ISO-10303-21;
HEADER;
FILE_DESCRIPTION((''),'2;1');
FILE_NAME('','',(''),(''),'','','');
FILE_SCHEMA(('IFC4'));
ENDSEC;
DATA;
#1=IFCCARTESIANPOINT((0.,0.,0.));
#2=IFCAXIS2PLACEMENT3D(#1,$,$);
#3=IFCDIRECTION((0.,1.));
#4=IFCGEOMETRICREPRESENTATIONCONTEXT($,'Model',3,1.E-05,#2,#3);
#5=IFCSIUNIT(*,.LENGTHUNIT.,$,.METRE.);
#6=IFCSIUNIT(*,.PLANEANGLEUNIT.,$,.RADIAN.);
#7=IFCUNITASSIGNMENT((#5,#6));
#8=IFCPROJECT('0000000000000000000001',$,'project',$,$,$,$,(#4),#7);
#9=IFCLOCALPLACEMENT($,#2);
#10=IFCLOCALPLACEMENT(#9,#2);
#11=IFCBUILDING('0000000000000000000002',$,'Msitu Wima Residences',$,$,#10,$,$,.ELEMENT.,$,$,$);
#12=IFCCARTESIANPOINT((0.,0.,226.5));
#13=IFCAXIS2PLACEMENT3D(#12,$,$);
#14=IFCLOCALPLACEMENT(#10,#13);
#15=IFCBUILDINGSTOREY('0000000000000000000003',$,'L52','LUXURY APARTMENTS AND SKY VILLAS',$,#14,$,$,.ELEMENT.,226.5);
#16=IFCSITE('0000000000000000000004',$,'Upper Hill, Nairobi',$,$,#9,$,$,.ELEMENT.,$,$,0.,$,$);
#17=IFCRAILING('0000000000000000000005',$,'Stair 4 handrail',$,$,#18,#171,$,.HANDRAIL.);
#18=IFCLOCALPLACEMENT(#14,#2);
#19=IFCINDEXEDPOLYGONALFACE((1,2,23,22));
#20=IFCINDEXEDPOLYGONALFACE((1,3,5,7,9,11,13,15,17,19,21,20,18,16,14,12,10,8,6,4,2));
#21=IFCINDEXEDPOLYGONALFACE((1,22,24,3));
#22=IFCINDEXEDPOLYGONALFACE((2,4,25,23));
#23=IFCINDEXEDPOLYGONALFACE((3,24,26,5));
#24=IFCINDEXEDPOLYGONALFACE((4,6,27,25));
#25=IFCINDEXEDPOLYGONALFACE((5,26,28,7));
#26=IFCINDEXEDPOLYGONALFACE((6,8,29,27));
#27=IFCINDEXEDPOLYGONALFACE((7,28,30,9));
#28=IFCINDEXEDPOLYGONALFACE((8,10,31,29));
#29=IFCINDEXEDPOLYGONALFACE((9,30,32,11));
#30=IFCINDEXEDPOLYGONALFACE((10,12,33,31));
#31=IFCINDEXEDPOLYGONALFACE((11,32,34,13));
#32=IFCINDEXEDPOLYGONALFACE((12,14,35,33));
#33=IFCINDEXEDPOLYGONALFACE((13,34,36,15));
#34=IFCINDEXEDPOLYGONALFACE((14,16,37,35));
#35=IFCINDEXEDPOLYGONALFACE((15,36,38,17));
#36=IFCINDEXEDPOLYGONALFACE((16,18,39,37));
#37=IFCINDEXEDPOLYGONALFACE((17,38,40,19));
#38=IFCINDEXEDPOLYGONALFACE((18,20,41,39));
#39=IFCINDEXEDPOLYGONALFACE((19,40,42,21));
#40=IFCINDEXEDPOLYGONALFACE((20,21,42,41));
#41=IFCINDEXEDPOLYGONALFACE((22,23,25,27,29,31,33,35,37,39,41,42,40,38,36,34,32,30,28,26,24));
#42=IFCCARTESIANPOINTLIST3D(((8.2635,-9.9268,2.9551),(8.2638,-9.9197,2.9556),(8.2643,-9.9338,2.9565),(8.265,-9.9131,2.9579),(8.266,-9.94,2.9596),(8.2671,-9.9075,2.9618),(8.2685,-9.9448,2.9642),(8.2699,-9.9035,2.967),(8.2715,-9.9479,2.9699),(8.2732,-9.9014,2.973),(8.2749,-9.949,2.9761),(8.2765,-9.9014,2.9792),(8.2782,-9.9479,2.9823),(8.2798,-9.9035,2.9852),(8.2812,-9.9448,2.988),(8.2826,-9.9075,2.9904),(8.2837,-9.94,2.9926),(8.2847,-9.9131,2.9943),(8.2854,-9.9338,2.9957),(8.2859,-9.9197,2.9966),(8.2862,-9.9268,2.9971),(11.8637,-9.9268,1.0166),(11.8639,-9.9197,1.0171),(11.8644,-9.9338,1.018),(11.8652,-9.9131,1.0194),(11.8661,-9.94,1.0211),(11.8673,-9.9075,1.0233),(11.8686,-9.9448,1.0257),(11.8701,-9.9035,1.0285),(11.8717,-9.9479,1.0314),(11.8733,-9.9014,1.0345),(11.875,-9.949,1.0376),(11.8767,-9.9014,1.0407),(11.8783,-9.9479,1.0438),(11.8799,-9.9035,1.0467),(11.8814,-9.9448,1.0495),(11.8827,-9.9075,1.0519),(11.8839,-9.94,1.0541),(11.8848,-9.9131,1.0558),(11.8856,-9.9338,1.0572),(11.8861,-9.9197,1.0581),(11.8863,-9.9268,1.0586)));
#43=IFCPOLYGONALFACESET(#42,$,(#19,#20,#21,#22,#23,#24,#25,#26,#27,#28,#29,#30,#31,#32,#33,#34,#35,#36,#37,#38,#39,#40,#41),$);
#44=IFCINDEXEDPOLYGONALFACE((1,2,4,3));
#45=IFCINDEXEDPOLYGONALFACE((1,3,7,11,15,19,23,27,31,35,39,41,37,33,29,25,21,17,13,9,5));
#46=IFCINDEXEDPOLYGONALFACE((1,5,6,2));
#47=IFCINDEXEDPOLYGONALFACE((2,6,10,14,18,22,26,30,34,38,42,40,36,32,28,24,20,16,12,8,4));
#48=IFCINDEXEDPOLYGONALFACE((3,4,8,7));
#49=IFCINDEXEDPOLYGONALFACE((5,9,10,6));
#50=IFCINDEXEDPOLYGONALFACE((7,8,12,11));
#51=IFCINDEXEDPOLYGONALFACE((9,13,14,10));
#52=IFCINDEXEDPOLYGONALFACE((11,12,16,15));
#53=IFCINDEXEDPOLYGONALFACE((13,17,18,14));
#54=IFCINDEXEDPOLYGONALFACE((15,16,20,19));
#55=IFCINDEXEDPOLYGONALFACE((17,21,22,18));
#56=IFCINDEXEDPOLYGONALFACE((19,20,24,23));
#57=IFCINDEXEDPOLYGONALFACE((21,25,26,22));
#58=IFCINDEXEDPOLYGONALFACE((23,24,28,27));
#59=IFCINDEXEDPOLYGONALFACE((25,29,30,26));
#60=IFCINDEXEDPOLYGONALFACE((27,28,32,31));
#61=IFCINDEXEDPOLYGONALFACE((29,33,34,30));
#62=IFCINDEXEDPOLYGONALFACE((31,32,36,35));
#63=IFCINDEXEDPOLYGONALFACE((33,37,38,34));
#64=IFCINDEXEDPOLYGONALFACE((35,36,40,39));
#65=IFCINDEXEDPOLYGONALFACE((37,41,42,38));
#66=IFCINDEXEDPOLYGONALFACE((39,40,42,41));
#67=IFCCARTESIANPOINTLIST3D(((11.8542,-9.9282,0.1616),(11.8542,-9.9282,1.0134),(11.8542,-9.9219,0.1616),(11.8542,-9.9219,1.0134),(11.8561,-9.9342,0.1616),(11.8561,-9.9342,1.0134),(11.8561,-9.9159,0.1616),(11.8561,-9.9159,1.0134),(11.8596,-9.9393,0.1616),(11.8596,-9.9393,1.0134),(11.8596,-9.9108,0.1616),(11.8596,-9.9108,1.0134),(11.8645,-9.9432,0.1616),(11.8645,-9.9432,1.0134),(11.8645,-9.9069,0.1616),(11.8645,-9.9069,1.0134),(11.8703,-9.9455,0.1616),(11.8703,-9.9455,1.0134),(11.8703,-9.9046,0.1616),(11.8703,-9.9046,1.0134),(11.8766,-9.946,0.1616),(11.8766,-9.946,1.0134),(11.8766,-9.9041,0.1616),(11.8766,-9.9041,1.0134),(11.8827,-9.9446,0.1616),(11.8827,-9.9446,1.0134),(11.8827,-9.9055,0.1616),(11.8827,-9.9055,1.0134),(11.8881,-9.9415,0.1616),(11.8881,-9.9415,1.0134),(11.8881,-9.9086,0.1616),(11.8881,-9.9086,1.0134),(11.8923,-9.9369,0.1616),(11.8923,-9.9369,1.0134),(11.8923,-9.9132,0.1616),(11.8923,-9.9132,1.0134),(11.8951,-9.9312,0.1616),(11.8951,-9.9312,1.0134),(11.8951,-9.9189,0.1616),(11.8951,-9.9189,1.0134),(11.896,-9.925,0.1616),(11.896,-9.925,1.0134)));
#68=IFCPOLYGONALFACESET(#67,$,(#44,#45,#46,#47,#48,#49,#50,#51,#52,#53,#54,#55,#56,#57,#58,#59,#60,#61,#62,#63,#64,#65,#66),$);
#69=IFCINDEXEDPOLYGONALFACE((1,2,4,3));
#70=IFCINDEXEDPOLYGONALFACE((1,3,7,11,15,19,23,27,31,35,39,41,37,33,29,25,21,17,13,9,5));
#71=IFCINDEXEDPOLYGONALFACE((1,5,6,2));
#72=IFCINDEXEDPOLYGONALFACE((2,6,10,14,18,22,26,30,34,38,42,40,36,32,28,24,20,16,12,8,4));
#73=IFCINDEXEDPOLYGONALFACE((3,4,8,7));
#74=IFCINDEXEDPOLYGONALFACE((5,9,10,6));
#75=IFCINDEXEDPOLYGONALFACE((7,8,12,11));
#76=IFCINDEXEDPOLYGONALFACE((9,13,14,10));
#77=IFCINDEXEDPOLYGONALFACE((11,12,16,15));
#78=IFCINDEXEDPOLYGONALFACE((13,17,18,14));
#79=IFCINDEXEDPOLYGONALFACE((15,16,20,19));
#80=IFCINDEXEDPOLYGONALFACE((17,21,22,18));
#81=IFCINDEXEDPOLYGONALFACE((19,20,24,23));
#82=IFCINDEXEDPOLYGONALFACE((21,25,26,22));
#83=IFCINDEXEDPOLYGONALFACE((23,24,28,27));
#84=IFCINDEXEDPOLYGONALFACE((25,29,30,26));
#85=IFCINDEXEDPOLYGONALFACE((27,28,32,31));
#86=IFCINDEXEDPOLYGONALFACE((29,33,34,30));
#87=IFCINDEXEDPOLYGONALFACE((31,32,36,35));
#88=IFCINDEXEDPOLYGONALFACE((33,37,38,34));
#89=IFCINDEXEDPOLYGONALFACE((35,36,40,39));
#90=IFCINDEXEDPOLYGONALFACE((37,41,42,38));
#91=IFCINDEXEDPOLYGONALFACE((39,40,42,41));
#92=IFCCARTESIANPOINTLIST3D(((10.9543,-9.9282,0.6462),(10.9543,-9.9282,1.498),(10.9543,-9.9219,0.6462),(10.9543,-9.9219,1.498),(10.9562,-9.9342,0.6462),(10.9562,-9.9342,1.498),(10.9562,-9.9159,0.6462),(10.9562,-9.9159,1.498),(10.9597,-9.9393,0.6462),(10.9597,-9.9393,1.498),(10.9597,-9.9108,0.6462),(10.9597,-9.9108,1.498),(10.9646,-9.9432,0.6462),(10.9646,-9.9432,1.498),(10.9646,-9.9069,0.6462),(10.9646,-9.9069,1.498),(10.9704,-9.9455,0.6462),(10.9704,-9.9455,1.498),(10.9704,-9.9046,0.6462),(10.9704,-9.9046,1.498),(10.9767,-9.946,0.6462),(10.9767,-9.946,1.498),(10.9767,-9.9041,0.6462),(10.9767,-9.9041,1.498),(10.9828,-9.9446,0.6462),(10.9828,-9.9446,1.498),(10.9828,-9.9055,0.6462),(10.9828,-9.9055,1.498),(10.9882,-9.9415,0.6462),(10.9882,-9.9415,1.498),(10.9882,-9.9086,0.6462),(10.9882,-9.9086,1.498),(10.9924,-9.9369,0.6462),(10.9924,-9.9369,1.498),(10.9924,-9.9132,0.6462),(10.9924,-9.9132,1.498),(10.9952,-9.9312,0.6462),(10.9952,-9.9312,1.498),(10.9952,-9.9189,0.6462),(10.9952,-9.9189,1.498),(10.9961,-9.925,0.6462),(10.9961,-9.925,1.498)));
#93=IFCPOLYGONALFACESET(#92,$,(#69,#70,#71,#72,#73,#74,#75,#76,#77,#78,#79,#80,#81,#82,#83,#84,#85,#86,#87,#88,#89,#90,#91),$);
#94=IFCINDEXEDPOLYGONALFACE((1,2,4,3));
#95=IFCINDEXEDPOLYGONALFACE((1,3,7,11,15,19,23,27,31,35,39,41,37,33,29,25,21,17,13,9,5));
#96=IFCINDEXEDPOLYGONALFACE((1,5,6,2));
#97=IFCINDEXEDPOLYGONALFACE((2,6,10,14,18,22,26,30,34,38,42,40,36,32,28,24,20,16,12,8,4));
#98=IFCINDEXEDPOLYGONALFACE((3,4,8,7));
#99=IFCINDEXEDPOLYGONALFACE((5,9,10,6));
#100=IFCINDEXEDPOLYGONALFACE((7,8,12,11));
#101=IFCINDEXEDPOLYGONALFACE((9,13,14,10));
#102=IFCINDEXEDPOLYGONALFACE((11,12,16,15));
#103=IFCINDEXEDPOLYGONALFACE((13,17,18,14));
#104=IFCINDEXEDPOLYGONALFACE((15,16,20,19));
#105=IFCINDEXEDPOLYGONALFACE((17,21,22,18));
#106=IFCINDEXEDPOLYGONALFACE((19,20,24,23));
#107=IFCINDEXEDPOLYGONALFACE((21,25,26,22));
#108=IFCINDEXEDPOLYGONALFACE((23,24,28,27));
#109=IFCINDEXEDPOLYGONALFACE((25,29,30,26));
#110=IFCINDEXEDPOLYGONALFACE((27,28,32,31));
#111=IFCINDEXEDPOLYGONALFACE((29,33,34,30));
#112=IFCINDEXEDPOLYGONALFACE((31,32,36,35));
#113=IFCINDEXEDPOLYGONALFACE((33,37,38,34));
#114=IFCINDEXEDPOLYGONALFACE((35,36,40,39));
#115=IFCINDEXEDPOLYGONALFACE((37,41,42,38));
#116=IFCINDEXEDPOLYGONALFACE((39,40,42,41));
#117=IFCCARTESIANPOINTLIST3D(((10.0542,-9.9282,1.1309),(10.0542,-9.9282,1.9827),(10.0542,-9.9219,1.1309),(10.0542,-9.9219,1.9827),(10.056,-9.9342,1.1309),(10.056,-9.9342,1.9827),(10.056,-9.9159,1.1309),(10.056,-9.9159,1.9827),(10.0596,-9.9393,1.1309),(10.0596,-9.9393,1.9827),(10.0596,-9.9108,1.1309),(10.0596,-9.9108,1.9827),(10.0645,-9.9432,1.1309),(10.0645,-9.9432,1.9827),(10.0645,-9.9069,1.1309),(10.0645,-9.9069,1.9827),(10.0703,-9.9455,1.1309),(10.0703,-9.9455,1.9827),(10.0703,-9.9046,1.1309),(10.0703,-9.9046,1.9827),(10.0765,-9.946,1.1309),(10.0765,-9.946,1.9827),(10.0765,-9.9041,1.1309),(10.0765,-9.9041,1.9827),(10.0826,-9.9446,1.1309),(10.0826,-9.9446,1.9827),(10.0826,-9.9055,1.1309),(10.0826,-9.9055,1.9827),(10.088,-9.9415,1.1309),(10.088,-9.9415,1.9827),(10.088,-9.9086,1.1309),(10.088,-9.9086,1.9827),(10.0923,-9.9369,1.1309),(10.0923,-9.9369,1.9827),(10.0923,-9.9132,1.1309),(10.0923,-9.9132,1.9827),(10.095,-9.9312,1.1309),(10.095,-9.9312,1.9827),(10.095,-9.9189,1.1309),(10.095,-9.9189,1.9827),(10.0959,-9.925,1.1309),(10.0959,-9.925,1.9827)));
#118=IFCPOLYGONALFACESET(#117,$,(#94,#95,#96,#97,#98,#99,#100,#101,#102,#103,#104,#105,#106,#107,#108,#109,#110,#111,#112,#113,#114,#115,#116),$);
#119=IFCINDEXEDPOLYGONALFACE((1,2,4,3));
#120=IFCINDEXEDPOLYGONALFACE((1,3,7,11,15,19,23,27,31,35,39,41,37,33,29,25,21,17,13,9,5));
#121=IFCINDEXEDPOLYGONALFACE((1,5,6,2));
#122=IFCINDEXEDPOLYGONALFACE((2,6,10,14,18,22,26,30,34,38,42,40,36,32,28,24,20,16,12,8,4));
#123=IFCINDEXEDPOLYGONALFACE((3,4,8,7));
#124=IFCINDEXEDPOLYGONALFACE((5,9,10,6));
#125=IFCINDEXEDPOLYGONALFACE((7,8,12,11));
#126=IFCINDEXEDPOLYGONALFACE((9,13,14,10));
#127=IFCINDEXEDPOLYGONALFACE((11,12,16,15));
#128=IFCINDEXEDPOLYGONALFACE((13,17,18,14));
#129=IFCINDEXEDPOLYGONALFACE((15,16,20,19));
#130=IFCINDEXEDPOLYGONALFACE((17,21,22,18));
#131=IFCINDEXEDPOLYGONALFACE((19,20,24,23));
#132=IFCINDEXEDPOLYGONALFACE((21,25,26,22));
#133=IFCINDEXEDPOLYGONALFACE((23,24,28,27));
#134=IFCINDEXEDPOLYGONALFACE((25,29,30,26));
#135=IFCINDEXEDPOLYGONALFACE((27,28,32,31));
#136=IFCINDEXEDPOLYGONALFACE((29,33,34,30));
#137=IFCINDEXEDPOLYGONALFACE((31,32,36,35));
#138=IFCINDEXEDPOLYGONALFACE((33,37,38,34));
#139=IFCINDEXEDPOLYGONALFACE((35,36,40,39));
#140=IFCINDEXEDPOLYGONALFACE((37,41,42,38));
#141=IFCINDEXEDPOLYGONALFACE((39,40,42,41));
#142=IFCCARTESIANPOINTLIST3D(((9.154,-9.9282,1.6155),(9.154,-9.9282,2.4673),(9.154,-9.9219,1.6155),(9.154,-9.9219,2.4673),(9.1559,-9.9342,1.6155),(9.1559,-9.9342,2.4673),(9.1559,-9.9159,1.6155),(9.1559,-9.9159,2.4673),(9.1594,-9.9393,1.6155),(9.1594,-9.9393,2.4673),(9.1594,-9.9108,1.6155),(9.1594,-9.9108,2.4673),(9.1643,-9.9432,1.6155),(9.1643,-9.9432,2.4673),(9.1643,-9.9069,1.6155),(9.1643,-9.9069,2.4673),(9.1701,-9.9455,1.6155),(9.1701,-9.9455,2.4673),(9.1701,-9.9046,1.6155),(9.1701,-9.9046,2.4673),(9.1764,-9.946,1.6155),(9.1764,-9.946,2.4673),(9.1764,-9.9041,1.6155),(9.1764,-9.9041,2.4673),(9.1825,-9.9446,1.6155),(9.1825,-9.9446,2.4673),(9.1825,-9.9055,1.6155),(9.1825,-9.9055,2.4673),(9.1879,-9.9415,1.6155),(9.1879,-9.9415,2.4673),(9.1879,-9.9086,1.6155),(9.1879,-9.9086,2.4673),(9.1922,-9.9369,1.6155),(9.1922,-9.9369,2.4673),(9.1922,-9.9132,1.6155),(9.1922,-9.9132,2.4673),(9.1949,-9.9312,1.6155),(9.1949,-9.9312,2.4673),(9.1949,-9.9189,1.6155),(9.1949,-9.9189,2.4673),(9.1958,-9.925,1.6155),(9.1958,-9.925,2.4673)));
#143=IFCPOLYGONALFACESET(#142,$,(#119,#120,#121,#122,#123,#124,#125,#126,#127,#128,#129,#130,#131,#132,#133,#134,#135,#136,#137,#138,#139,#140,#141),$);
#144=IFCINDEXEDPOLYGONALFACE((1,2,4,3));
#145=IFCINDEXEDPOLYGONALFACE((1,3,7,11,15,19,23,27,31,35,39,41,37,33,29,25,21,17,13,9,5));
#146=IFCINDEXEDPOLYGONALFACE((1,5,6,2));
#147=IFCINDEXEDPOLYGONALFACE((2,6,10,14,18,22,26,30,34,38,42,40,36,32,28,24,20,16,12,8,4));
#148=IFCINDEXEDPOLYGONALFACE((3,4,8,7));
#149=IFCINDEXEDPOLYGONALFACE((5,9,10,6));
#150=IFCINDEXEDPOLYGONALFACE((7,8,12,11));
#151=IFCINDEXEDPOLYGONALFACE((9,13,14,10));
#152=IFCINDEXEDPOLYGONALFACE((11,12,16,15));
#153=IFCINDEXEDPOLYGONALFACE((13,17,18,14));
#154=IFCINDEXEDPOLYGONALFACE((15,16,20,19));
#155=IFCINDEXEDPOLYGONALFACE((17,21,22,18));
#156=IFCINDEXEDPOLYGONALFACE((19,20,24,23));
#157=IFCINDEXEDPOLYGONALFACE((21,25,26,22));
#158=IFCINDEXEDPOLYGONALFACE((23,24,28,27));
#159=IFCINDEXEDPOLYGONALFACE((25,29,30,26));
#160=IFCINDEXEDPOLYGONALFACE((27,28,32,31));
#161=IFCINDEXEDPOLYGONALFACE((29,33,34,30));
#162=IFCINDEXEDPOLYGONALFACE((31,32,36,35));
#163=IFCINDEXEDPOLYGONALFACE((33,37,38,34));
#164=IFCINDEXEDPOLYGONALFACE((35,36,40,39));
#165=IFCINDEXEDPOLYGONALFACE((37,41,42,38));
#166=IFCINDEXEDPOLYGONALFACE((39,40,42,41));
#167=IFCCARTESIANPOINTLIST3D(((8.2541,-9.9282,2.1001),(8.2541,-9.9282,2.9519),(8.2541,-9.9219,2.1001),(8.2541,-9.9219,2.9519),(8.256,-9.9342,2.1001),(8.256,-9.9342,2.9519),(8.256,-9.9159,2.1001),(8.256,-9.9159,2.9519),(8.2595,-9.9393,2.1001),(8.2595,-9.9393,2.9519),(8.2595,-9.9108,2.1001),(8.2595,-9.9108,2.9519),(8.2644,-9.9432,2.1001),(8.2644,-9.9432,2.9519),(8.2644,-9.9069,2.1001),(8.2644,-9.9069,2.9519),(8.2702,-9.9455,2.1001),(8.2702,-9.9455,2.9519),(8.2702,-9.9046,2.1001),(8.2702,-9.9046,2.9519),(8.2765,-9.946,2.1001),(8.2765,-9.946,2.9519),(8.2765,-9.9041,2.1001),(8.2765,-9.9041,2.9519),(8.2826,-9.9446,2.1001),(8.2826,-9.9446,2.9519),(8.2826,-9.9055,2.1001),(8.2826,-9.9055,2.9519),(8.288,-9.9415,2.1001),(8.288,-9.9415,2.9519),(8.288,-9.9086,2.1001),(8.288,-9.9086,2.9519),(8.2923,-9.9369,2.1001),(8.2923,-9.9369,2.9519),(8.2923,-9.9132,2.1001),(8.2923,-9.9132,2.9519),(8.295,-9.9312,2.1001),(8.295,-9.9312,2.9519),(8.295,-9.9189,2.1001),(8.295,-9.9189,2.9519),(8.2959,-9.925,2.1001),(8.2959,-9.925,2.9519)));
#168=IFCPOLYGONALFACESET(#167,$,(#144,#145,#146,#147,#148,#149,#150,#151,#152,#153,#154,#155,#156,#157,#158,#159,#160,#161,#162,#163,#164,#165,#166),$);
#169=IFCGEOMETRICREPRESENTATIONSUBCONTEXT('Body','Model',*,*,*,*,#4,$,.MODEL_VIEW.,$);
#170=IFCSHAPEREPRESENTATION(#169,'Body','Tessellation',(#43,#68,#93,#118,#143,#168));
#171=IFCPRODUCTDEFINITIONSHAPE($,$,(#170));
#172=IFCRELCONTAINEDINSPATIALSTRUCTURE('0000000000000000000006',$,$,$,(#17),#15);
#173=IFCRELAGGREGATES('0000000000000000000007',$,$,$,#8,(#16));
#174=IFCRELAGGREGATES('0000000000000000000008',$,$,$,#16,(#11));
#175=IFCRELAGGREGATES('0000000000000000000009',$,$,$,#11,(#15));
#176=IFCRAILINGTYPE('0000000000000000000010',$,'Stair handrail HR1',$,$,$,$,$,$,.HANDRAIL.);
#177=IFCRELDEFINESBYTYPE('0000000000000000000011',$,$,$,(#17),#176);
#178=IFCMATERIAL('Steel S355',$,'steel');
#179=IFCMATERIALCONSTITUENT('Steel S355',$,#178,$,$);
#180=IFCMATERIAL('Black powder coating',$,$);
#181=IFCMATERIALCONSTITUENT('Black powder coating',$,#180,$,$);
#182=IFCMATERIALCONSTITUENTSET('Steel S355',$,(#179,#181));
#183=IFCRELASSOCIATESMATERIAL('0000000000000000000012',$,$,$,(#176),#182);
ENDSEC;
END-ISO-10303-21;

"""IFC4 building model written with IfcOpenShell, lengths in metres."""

from ifc_helpers import new_model, si_unit, direction, frame, origin, origin_2d, place, context, subcontext, project, spatial, circle, extrude, material, constituent, constituent_set, type_object, element, save


model = new_model("IFC4")

# Units and contexts
model_context = context("Model", 3, precision=1e-05, world=origin(), true_north=direction((0.0, 1.0)))
body_context = subcontext(model_context, "Body", "Model", "MODEL_VIEW")
ifc_project = project(units=[si_unit("LENGTHUNIT", "METRE"), si_unit("PLANEANGLEUNIT", "RADIAN")], contexts=[model_context])

# Site, building, storey
site_placement = place(None, origin())
site = spatial("IfcSite", under=ifc_project, at=site_placement, Name="Upper Hill, Nairobi", CompositionType="ELEMENT", RefElevation=0.0)
building_placement = place(site_placement, origin())
building = spatial("IfcBuilding", under=site, at=building_placement, Name="Msitu Wima Residences", CompositionType="ELEMENT")
storey_placement = place(building_placement, frame((0.0, 0.0, 226.5)))
storey = spatial("IfcBuildingStorey", under=building, at=storey_placement, Name="L52", Description="LUXURY APARTMENTS AND SKY VILLAS", CompositionType="ELEMENT", Elevation=226.5)

# Railing
ifc_material_1 = material(Name="Steel S355", Category="steel")
ifc_constituent_1 = constituent(ifc_material_1, Name="Steel S355")
ifc_material_2 = material(Name="Black powder coating")
ifc_constituent_2 = constituent(ifc_material_2, Name="Black powder coating")
ifc_constituent_set = constituent_set(constituents=[ifc_constituent_1, ifc_constituent_2], Name="Steel S355")
railing_type = type_object("IfcRailingType", Name="Stair handrail HR1", PredefinedType="HANDRAIL", material=ifc_constituent_set)
for number, where, name in (
    (1, (11.875, -9.925, 0.1616), "Stair 4 handrail"),
):
    element("IfcRailing", number, at=place(storey_placement, frame(where)), inside=storey, type_object=railing_type, Name=name, PredefinedType="HANDRAIL", context=body_context, shape_type="SweptSolid", body=[
        extrude(circle(Radius=0.0239, at=origin_2d()), frame((0.0, 0.0, 0.876), z_axis=(-0.880475, 0.0, 0.474093), x_axis=(0.0, -1.0, 0.0)), (0.0, 0.0, 1.0), 4.0889),
        extrude(circle(Radius=0.021, at=origin_2d()), origin(), (0.0, 0.0, 1.0), 0.8518),
        extrude(circle(Radius=0.021, at=origin_2d()), frame((-0.8999, 0.0, 0.4846)), (0.0, 0.0, 1.0), 0.8518),
        extrude(circle(Radius=0.021, at=origin_2d()), frame((-1.8, 0.0, 0.9692)), (0.0, 0.0, 1.0), 0.8518),
        extrude(circle(Radius=0.021, at=origin_2d()), frame((-2.7002, 0.0, 1.4539)), (0.0, 0.0, 1.0), 0.8518),
        extrude(circle(Radius=0.021, at=origin_2d()), frame((-3.6001, 0.0, 1.9385)), (0.0, 0.0, 1.0), 0.8518),
    ])

save(model, "model.ifc")
